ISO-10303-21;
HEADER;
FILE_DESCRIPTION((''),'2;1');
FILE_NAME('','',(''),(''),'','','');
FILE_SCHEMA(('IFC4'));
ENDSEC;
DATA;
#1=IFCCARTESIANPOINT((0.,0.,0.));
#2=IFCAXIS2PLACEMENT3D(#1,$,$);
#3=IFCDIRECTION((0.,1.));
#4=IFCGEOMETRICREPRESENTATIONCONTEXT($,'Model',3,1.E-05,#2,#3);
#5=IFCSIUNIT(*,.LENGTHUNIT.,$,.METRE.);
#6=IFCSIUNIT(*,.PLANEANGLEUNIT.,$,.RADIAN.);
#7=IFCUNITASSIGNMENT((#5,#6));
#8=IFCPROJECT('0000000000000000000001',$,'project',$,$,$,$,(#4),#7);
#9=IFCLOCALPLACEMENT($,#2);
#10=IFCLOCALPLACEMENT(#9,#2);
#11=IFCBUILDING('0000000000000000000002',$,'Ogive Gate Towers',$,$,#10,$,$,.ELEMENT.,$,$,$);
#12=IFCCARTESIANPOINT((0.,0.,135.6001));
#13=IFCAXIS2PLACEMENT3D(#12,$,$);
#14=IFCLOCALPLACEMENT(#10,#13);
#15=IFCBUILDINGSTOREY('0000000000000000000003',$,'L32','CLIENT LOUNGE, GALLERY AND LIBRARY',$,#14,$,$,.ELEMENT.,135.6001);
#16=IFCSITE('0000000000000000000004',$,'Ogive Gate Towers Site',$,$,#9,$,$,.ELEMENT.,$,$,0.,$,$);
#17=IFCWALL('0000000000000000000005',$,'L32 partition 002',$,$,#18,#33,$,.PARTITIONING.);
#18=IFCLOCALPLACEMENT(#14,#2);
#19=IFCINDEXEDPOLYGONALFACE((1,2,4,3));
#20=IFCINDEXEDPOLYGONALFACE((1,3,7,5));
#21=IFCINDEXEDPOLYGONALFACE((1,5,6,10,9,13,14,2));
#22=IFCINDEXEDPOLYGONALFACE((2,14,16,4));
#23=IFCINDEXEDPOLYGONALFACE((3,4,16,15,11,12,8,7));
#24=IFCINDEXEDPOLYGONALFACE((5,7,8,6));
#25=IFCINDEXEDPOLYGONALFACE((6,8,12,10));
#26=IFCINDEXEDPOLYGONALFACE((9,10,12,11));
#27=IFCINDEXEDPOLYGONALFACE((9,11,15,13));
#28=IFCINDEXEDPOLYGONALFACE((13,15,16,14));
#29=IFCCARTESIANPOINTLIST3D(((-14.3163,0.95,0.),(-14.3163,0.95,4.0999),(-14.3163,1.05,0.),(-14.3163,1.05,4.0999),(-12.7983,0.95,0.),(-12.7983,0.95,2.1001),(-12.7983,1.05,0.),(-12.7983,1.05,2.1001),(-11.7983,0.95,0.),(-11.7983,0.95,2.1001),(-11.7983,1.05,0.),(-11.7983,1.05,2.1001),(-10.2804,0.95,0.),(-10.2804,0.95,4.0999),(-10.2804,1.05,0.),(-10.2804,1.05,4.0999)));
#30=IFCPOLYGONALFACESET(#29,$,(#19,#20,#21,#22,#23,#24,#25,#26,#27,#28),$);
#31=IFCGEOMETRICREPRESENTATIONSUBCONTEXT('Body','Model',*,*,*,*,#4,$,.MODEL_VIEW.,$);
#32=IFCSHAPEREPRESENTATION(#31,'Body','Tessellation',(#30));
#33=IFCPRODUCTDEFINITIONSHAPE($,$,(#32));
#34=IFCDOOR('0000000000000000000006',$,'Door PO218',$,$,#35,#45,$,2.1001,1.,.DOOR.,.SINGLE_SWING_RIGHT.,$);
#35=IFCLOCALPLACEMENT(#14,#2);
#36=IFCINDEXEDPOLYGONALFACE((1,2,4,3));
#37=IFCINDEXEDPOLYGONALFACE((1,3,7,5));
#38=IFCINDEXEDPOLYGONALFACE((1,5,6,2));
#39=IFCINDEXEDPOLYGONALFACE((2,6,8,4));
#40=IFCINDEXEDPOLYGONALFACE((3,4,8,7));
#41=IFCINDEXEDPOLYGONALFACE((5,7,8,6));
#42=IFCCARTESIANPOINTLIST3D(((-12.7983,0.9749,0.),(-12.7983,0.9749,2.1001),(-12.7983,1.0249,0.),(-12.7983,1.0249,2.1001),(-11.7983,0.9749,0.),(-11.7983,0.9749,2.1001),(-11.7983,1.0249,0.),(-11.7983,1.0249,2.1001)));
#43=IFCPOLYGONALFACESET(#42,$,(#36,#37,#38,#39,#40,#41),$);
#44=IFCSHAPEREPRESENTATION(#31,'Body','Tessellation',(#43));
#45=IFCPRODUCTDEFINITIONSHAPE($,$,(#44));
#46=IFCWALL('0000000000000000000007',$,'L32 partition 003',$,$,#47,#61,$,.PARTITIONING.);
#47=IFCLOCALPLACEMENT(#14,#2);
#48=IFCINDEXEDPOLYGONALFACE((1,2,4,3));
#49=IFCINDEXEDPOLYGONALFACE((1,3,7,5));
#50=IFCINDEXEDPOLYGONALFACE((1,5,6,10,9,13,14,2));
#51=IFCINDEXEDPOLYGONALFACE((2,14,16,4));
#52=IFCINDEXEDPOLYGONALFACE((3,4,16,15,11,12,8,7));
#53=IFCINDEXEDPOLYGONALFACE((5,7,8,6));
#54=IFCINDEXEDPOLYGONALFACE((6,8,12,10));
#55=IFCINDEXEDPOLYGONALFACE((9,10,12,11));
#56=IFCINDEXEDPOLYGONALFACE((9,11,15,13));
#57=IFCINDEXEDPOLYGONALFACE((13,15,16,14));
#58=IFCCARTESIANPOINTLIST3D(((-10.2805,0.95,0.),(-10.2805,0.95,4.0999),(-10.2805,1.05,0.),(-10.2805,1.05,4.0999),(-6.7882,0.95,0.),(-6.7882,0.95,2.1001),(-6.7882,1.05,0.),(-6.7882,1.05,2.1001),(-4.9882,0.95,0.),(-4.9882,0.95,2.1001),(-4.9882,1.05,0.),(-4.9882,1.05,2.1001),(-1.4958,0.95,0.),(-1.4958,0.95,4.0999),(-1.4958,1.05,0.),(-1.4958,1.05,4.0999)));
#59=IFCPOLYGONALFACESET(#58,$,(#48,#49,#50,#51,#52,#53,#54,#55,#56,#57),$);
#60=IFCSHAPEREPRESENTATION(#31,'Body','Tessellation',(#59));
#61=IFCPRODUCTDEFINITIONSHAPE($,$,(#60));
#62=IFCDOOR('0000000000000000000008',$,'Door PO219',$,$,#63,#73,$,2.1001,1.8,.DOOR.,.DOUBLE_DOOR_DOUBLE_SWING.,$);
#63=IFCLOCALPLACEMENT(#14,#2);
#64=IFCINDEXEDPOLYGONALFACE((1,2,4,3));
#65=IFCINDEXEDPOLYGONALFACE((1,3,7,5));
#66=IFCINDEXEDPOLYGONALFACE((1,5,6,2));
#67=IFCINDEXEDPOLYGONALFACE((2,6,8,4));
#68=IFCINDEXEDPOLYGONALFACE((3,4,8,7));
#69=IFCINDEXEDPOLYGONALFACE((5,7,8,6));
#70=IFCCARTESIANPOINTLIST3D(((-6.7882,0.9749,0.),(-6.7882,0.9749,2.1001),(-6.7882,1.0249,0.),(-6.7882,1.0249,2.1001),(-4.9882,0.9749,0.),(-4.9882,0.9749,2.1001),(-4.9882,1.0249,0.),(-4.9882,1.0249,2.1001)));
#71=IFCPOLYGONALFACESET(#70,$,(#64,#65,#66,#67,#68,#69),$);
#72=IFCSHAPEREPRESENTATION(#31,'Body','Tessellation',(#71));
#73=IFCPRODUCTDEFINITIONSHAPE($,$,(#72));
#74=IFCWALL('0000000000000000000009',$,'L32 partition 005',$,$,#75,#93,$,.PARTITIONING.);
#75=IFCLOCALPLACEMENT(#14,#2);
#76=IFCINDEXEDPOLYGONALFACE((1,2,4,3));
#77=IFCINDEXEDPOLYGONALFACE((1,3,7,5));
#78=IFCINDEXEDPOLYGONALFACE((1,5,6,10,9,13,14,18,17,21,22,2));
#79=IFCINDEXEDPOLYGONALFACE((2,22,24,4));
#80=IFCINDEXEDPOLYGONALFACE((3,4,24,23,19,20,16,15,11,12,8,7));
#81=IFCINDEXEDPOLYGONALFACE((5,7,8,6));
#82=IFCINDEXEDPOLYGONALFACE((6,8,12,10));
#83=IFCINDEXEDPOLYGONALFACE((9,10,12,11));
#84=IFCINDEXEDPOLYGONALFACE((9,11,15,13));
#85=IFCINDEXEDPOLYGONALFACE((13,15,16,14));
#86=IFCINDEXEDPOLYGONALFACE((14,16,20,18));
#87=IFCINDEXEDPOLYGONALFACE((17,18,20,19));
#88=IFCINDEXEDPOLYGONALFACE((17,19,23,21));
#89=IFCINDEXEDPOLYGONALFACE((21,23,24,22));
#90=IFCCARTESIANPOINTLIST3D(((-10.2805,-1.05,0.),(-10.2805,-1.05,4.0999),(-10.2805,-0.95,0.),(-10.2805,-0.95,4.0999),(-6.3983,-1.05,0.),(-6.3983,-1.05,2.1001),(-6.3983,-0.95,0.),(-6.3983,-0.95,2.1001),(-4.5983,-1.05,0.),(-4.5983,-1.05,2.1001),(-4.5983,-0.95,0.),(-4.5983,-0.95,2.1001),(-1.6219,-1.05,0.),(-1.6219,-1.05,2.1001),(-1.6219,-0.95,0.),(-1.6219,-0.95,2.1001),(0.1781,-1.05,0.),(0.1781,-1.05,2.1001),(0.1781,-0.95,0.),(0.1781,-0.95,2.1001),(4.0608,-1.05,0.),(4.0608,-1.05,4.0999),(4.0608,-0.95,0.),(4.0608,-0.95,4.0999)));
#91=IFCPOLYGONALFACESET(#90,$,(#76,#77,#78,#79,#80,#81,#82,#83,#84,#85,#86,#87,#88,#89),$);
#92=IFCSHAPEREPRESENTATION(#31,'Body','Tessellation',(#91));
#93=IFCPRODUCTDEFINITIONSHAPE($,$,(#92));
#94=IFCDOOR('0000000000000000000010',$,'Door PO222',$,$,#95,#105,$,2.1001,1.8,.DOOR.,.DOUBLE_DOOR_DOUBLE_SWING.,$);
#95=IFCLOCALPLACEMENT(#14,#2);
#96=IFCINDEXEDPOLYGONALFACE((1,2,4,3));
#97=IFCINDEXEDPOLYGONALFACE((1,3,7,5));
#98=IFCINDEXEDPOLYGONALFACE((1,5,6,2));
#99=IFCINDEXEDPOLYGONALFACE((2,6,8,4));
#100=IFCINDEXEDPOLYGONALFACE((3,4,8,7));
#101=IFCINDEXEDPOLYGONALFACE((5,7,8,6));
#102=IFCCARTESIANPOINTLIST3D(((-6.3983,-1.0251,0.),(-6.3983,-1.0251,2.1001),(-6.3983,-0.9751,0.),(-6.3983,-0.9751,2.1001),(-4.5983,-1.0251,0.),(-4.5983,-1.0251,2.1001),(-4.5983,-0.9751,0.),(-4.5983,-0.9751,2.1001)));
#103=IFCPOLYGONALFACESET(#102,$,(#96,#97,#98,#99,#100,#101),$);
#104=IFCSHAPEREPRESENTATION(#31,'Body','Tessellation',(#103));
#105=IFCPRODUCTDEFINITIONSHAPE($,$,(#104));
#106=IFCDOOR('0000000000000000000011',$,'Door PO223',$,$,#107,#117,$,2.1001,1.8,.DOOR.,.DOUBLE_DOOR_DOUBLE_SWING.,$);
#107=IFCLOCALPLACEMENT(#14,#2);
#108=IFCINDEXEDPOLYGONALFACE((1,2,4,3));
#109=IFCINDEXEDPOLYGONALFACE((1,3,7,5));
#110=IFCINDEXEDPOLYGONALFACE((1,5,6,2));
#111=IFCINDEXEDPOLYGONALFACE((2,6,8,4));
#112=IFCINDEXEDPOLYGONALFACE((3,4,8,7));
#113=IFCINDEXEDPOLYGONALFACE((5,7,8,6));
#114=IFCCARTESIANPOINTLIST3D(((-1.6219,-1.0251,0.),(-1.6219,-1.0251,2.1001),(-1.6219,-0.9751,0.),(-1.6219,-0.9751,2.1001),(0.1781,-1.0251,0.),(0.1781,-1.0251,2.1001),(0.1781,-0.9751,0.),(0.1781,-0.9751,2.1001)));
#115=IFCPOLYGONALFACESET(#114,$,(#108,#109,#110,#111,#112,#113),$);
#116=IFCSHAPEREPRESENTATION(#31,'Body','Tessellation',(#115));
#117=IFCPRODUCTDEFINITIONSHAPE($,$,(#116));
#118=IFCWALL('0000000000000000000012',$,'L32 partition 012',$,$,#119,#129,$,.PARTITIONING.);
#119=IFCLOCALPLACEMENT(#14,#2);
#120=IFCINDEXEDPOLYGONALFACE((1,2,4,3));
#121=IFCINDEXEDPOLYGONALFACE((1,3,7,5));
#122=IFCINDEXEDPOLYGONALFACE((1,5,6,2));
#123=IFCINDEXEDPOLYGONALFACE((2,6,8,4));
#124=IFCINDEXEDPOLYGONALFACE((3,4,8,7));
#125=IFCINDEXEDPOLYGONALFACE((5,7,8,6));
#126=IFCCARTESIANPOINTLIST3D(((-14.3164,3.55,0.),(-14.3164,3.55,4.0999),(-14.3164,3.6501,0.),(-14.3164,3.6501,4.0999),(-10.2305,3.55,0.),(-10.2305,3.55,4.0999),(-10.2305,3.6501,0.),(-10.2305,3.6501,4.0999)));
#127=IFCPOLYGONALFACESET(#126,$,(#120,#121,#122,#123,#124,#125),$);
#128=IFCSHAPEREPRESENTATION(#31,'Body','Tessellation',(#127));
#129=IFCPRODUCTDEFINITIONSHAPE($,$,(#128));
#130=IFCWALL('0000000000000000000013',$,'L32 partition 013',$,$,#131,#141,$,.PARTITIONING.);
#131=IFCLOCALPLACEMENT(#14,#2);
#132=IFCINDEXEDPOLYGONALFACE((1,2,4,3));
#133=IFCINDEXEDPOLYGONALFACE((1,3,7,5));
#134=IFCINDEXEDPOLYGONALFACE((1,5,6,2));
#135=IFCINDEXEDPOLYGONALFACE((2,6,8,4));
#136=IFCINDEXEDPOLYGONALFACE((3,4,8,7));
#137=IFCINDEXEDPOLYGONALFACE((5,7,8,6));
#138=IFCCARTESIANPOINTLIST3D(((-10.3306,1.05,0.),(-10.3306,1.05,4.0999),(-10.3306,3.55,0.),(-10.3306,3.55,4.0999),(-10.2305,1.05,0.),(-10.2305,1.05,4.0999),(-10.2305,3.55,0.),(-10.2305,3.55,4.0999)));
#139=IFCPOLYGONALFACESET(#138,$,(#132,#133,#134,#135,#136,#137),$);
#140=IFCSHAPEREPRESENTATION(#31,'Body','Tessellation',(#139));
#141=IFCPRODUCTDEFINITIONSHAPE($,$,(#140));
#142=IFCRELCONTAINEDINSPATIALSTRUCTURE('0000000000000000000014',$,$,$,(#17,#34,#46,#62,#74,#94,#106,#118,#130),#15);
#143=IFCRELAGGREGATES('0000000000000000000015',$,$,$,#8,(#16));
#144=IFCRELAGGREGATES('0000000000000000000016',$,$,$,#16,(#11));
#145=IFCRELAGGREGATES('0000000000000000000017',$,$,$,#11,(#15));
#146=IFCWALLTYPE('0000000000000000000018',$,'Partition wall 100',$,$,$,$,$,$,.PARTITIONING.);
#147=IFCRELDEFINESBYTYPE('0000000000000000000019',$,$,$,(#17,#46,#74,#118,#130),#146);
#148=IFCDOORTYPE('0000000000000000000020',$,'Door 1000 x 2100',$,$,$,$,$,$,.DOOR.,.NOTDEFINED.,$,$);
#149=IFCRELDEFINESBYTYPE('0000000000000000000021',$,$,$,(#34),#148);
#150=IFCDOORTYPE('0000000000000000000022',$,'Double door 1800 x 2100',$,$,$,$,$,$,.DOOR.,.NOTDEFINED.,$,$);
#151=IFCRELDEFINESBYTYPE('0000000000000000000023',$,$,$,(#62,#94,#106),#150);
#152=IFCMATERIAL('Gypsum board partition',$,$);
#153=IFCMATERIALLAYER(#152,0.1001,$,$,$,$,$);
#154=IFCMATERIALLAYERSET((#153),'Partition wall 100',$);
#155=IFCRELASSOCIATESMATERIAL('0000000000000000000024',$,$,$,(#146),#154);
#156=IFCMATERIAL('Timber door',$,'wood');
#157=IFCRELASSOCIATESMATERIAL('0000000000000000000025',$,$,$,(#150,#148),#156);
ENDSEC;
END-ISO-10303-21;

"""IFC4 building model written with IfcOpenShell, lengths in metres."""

from ifc_helpers import new_model, si_unit, direction, frame, frame_2d, origin, place, context, subcontext, project, spatial, rectangle, extrude, material, layer, layer_set, type_object, element, fill, save


model = new_model("IFC4")

# Units and contexts
model_context = context("Model", 3, precision=1e-05, world=origin(), true_north=direction((0.0, 1.0)))
body_context = subcontext(model_context, "Body", "Model", "MODEL_VIEW")
ifc_project = project(units=[si_unit("LENGTHUNIT", "METRE"), si_unit("PLANEANGLEUNIT", "RADIAN")], contexts=[model_context])

# Site, building, storey
site_placement = place(None, origin())
site = spatial("IfcSite", under=ifc_project, at=site_placement, Name="Ogive Gate Towers Site", CompositionType="ELEMENT", RefElevation=0.0)
building_placement = place(site_placement, origin())
building = spatial("IfcBuilding", under=site, at=building_placement, Name="Ogive Gate Towers", CompositionType="ELEMENT")
storey_placement = place(building_placement, frame((0.0, 0.0, 135.6001)))
storey = spatial("IfcBuildingStorey", under=building, at=storey_placement, Name="L32", Description="CLIENT LOUNGE, GALLERY AND LIBRARY", CompositionType="ELEMENT", Elevation=135.6001)

# Walls, openings, doors
ifc_material_1 = material(Name="Gypsum board partition")
ifc_layer_1 = layer(ifc_material_1, 0.1001)
ifc_layer_set_1 = layer_set([ifc_layer_1], Name="Partition wall 100")
wall_type = type_object("IfcWallType", Name="Partition wall 100", PredefinedType="PARTITIONING", material=ifc_layer_set_1)
ifc_material_2 = material(Name="Timber door", Category="wood")
door_type_1 = type_object("IfcDoorType", Name="Double door 1800 x 2100", OperationType="NOTDEFINED", PredefinedType="DOOR", material=ifc_material_2)
wall_1_placement = place(storey_placement, frame((-14.3164, 1.0, 0.0), z_axis=(0.0, 0.0, 1.0), x_axis=(1.0, 0.0, 0.0)))
wall_1 = element("IfcWall", 1, at=wall_1_placement, inside=storey, type_object=wall_type, Name="L32 partition 002", PredefinedType="PARTITIONING", context=body_context, shape_type="SweptSolid", body=[
    extrude(rectangle(XDim=4.0359, YDim=0.1001, at=frame_2d((2.0181, 0.0))), origin(), (0.0, 0.0, 1.0), 4.0999),
])
opening_1_placement = place(wall_1_placement, frame((1.5181, 0.0, 0.0)))
opening_1 = element("IfcOpeningElement", 2, at=opening_1_placement, cuts=wall_1, PredefinedType="OPENING", context=body_context, shape_type="SweptSolid", body=[
    extrude(rectangle(XDim=1.0, YDim=2.1001, at=frame_2d((0.5, 1.05))), frame((0.0, 0.0601, 0.0), z_axis=(0.0, -1.0, 0.0), x_axis=(1.0, 0.0, 0.0)), (0.0, 0.0, 1.0), 0.1201),
])
door_type_2 = type_object("IfcDoorType", Name="Door 1000 x 2100", OperationType="NOTDEFINED", PredefinedType="DOOR", material=ifc_material_2)
door_1_placement = place(opening_1_placement, origin())
door_1 = element("IfcDoor", 3, at=door_1_placement, inside=storey, type_object=door_type_2, Name="Door PO218", OperationType="SINGLE_SWING_RIGHT", OverallHeight=2.1001, OverallWidth=1.0, PredefinedType="DOOR", context=body_context, shape_type="SweptSolid", body=[
    extrude(rectangle(XDim=1.0, YDim=2.1001, at=frame_2d((0.5, 1.05))), frame((0.0, 0.0249, 0.0), z_axis=(0.0, -1.0, 0.0), x_axis=(1.0, 0.0, 0.0)), (0.0, 0.0, 1.0), 0.05),
])
fill(opening_1, door_1)
wall_2_placement = place(storey_placement, frame((-10.2805, 1.0, 0.0), z_axis=(0.0, 0.0, 1.0), x_axis=(1.0, 0.0, 0.0)))
wall_2 = element("IfcWall", 4, at=wall_2_placement, inside=storey, type_object=wall_type, Name="L32 partition 003", PredefinedType="PARTITIONING", context=body_context, shape_type="SweptSolid", body=[
    extrude(rectangle(XDim=8.7847, YDim=0.1001, at=frame_2d((4.3923, 0.0))), origin(), (0.0, 0.0, 1.0), 4.0999),
])
opening_2_placement = place(wall_2_placement, frame((3.4924, 0.0, 0.0)))
opening_2 = element("IfcOpeningElement", 5, at=opening_2_placement, cuts=wall_2, PredefinedType="OPENING", context=body_context, shape_type="SweptSolid", body=[
    extrude(rectangle(XDim=1.8, YDim=2.1001, at=frame_2d((0.8999, 1.05))), frame((0.0, 0.0601, 0.0), z_axis=(0.0, -1.0, 0.0), x_axis=(1.0, 0.0, 0.0)), (0.0, 0.0, 1.0), 0.1201),
])
door_2_placement = place(opening_2_placement, origin())
door_2 = element("IfcDoor", 6, at=door_2_placement, inside=storey, type_object=door_type_1, Name="Door PO219", OperationType="DOUBLE_DOOR_DOUBLE_SWING", OverallHeight=2.1001, OverallWidth=1.8, PredefinedType="DOOR", context=body_context, shape_type="SweptSolid", body=[
    extrude(rectangle(XDim=1.8, YDim=2.1001, at=frame_2d((0.8999, 1.05))), frame((0.0, 0.0249, 0.0), z_axis=(0.0, -1.0, 0.0), x_axis=(1.0, 0.0, 0.0)), (0.0, 0.0, 1.0), 0.05),
])
fill(opening_2, door_2)

# Wall, openings, doors
wall_3_placement = place(storey_placement, frame((-10.2805, -1.0, 0.0), z_axis=(0.0, 0.0, 1.0), x_axis=(1.0, 0.0, 0.0)))
wall_3 = element("IfcWall", 7, at=wall_3_placement, inside=storey, type_object=wall_type, Name="L32 partition 005", PredefinedType="PARTITIONING", context=body_context, shape_type="SweptSolid", body=[
    extrude(rectangle(XDim=14.3413, YDim=0.1001, at=frame_2d((7.1707, 0.0))), origin(), (0.0, 0.0, 1.0), 4.0999),
])
opening_3_placement = place(wall_3_placement, frame((3.8823, 0.0, 0.0)))
opening_3 = element("IfcOpeningElement", 8, at=opening_3_placement, cuts=wall_3, PredefinedType="OPENING", context=body_context, shape_type="SweptSolid", body=[
    extrude(rectangle(XDim=1.8, YDim=2.1001, at=frame_2d((0.8999, 1.05))), frame((0.0, 0.0601, 0.0), z_axis=(0.0, -1.0, 0.0), x_axis=(1.0, 0.0, 0.0)), (0.0, 0.0, 1.0), 0.1201),
])
opening_4_placement = place(wall_3_placement, frame((8.6587, 0.0, 0.0)))
opening_4 = element("IfcOpeningElement", 9, at=opening_4_placement, cuts=wall_3, PredefinedType="OPENING", context=body_context, shape_type="SweptSolid", body=[
    extrude(rectangle(XDim=1.8, YDim=2.1001, at=frame_2d((0.8999, 1.05))), frame((0.0, 0.0601, 0.0), z_axis=(0.0, -1.0, 0.0), x_axis=(1.0, 0.0, 0.0)), (0.0, 0.0, 1.0), 0.1201),
])
door_3_placement = place(opening_3_placement, origin())
door_3 = element("IfcDoor", 10, at=door_3_placement, inside=storey, type_object=door_type_1, Name="Door PO222", OperationType="DOUBLE_DOOR_DOUBLE_SWING", OverallHeight=2.1001, OverallWidth=1.8, PredefinedType="DOOR", context=body_context, shape_type="SweptSolid", body=[
    extrude(rectangle(XDim=1.8, YDim=2.1001, at=frame_2d((0.8999, 1.05))), frame((0.0, 0.0249, 0.0), z_axis=(0.0, -1.0, 0.0), x_axis=(1.0, 0.0, 0.0)), (0.0, 0.0, 1.0), 0.05),
])
fill(opening_3, door_3)
door_4_placement = place(opening_4_placement, origin())
door_4 = element("IfcDoor", 11, at=door_4_placement, inside=storey, type_object=door_type_1, Name="Door PO223", OperationType="DOUBLE_DOOR_DOUBLE_SWING", OverallHeight=2.1001, OverallWidth=1.8, PredefinedType="DOOR", context=body_context, shape_type="SweptSolid", body=[
    extrude(rectangle(XDim=1.8, YDim=2.1001, at=frame_2d((0.8999, 1.05))), frame((0.0, 0.0249, 0.0), z_axis=(0.0, -1.0, 0.0), x_axis=(1.0, 0.0, 0.0)), (0.0, 0.0, 1.0), 0.05),
])
fill(opening_4, door_4)

# Walls
wall_4_placement = place(storey_placement, frame((-14.3164, 3.6001, 0.0), z_axis=(0.0, 0.0, 1.0), x_axis=(1.0, 0.0, 0.0)))
element("IfcWall", 12, at=wall_4_placement, inside=storey, type_object=wall_type, Name="L32 partition 012", PredefinedType="PARTITIONING", context=body_context, shape_type="SweptSolid", body=[
    extrude(rectangle(XDim=4.0859, YDim=0.1001, at=frame_2d((2.043, 0.0))), origin(), (0.0, 0.0, 1.0), 4.0999),
])
wall_5_placement = place(storey_placement, frame((-10.2805, 1.05, 0.0), z_axis=(0.0, 0.0, 1.0), x_axis=(0.0, 1.0, 0.0)))
element("IfcWall", 13, at=wall_5_placement, inside=storey, type_object=wall_type, Name="L32 partition 013", PredefinedType="PARTITIONING", context=body_context, shape_type="SweptSolid", body=[
    extrude(rectangle(XDim=2.5, YDim=0.1001, at=frame_2d((1.25, 0.0))), origin(), (0.0, 0.0, 1.0), 4.0999),
])

save(model, "model.ifc")
